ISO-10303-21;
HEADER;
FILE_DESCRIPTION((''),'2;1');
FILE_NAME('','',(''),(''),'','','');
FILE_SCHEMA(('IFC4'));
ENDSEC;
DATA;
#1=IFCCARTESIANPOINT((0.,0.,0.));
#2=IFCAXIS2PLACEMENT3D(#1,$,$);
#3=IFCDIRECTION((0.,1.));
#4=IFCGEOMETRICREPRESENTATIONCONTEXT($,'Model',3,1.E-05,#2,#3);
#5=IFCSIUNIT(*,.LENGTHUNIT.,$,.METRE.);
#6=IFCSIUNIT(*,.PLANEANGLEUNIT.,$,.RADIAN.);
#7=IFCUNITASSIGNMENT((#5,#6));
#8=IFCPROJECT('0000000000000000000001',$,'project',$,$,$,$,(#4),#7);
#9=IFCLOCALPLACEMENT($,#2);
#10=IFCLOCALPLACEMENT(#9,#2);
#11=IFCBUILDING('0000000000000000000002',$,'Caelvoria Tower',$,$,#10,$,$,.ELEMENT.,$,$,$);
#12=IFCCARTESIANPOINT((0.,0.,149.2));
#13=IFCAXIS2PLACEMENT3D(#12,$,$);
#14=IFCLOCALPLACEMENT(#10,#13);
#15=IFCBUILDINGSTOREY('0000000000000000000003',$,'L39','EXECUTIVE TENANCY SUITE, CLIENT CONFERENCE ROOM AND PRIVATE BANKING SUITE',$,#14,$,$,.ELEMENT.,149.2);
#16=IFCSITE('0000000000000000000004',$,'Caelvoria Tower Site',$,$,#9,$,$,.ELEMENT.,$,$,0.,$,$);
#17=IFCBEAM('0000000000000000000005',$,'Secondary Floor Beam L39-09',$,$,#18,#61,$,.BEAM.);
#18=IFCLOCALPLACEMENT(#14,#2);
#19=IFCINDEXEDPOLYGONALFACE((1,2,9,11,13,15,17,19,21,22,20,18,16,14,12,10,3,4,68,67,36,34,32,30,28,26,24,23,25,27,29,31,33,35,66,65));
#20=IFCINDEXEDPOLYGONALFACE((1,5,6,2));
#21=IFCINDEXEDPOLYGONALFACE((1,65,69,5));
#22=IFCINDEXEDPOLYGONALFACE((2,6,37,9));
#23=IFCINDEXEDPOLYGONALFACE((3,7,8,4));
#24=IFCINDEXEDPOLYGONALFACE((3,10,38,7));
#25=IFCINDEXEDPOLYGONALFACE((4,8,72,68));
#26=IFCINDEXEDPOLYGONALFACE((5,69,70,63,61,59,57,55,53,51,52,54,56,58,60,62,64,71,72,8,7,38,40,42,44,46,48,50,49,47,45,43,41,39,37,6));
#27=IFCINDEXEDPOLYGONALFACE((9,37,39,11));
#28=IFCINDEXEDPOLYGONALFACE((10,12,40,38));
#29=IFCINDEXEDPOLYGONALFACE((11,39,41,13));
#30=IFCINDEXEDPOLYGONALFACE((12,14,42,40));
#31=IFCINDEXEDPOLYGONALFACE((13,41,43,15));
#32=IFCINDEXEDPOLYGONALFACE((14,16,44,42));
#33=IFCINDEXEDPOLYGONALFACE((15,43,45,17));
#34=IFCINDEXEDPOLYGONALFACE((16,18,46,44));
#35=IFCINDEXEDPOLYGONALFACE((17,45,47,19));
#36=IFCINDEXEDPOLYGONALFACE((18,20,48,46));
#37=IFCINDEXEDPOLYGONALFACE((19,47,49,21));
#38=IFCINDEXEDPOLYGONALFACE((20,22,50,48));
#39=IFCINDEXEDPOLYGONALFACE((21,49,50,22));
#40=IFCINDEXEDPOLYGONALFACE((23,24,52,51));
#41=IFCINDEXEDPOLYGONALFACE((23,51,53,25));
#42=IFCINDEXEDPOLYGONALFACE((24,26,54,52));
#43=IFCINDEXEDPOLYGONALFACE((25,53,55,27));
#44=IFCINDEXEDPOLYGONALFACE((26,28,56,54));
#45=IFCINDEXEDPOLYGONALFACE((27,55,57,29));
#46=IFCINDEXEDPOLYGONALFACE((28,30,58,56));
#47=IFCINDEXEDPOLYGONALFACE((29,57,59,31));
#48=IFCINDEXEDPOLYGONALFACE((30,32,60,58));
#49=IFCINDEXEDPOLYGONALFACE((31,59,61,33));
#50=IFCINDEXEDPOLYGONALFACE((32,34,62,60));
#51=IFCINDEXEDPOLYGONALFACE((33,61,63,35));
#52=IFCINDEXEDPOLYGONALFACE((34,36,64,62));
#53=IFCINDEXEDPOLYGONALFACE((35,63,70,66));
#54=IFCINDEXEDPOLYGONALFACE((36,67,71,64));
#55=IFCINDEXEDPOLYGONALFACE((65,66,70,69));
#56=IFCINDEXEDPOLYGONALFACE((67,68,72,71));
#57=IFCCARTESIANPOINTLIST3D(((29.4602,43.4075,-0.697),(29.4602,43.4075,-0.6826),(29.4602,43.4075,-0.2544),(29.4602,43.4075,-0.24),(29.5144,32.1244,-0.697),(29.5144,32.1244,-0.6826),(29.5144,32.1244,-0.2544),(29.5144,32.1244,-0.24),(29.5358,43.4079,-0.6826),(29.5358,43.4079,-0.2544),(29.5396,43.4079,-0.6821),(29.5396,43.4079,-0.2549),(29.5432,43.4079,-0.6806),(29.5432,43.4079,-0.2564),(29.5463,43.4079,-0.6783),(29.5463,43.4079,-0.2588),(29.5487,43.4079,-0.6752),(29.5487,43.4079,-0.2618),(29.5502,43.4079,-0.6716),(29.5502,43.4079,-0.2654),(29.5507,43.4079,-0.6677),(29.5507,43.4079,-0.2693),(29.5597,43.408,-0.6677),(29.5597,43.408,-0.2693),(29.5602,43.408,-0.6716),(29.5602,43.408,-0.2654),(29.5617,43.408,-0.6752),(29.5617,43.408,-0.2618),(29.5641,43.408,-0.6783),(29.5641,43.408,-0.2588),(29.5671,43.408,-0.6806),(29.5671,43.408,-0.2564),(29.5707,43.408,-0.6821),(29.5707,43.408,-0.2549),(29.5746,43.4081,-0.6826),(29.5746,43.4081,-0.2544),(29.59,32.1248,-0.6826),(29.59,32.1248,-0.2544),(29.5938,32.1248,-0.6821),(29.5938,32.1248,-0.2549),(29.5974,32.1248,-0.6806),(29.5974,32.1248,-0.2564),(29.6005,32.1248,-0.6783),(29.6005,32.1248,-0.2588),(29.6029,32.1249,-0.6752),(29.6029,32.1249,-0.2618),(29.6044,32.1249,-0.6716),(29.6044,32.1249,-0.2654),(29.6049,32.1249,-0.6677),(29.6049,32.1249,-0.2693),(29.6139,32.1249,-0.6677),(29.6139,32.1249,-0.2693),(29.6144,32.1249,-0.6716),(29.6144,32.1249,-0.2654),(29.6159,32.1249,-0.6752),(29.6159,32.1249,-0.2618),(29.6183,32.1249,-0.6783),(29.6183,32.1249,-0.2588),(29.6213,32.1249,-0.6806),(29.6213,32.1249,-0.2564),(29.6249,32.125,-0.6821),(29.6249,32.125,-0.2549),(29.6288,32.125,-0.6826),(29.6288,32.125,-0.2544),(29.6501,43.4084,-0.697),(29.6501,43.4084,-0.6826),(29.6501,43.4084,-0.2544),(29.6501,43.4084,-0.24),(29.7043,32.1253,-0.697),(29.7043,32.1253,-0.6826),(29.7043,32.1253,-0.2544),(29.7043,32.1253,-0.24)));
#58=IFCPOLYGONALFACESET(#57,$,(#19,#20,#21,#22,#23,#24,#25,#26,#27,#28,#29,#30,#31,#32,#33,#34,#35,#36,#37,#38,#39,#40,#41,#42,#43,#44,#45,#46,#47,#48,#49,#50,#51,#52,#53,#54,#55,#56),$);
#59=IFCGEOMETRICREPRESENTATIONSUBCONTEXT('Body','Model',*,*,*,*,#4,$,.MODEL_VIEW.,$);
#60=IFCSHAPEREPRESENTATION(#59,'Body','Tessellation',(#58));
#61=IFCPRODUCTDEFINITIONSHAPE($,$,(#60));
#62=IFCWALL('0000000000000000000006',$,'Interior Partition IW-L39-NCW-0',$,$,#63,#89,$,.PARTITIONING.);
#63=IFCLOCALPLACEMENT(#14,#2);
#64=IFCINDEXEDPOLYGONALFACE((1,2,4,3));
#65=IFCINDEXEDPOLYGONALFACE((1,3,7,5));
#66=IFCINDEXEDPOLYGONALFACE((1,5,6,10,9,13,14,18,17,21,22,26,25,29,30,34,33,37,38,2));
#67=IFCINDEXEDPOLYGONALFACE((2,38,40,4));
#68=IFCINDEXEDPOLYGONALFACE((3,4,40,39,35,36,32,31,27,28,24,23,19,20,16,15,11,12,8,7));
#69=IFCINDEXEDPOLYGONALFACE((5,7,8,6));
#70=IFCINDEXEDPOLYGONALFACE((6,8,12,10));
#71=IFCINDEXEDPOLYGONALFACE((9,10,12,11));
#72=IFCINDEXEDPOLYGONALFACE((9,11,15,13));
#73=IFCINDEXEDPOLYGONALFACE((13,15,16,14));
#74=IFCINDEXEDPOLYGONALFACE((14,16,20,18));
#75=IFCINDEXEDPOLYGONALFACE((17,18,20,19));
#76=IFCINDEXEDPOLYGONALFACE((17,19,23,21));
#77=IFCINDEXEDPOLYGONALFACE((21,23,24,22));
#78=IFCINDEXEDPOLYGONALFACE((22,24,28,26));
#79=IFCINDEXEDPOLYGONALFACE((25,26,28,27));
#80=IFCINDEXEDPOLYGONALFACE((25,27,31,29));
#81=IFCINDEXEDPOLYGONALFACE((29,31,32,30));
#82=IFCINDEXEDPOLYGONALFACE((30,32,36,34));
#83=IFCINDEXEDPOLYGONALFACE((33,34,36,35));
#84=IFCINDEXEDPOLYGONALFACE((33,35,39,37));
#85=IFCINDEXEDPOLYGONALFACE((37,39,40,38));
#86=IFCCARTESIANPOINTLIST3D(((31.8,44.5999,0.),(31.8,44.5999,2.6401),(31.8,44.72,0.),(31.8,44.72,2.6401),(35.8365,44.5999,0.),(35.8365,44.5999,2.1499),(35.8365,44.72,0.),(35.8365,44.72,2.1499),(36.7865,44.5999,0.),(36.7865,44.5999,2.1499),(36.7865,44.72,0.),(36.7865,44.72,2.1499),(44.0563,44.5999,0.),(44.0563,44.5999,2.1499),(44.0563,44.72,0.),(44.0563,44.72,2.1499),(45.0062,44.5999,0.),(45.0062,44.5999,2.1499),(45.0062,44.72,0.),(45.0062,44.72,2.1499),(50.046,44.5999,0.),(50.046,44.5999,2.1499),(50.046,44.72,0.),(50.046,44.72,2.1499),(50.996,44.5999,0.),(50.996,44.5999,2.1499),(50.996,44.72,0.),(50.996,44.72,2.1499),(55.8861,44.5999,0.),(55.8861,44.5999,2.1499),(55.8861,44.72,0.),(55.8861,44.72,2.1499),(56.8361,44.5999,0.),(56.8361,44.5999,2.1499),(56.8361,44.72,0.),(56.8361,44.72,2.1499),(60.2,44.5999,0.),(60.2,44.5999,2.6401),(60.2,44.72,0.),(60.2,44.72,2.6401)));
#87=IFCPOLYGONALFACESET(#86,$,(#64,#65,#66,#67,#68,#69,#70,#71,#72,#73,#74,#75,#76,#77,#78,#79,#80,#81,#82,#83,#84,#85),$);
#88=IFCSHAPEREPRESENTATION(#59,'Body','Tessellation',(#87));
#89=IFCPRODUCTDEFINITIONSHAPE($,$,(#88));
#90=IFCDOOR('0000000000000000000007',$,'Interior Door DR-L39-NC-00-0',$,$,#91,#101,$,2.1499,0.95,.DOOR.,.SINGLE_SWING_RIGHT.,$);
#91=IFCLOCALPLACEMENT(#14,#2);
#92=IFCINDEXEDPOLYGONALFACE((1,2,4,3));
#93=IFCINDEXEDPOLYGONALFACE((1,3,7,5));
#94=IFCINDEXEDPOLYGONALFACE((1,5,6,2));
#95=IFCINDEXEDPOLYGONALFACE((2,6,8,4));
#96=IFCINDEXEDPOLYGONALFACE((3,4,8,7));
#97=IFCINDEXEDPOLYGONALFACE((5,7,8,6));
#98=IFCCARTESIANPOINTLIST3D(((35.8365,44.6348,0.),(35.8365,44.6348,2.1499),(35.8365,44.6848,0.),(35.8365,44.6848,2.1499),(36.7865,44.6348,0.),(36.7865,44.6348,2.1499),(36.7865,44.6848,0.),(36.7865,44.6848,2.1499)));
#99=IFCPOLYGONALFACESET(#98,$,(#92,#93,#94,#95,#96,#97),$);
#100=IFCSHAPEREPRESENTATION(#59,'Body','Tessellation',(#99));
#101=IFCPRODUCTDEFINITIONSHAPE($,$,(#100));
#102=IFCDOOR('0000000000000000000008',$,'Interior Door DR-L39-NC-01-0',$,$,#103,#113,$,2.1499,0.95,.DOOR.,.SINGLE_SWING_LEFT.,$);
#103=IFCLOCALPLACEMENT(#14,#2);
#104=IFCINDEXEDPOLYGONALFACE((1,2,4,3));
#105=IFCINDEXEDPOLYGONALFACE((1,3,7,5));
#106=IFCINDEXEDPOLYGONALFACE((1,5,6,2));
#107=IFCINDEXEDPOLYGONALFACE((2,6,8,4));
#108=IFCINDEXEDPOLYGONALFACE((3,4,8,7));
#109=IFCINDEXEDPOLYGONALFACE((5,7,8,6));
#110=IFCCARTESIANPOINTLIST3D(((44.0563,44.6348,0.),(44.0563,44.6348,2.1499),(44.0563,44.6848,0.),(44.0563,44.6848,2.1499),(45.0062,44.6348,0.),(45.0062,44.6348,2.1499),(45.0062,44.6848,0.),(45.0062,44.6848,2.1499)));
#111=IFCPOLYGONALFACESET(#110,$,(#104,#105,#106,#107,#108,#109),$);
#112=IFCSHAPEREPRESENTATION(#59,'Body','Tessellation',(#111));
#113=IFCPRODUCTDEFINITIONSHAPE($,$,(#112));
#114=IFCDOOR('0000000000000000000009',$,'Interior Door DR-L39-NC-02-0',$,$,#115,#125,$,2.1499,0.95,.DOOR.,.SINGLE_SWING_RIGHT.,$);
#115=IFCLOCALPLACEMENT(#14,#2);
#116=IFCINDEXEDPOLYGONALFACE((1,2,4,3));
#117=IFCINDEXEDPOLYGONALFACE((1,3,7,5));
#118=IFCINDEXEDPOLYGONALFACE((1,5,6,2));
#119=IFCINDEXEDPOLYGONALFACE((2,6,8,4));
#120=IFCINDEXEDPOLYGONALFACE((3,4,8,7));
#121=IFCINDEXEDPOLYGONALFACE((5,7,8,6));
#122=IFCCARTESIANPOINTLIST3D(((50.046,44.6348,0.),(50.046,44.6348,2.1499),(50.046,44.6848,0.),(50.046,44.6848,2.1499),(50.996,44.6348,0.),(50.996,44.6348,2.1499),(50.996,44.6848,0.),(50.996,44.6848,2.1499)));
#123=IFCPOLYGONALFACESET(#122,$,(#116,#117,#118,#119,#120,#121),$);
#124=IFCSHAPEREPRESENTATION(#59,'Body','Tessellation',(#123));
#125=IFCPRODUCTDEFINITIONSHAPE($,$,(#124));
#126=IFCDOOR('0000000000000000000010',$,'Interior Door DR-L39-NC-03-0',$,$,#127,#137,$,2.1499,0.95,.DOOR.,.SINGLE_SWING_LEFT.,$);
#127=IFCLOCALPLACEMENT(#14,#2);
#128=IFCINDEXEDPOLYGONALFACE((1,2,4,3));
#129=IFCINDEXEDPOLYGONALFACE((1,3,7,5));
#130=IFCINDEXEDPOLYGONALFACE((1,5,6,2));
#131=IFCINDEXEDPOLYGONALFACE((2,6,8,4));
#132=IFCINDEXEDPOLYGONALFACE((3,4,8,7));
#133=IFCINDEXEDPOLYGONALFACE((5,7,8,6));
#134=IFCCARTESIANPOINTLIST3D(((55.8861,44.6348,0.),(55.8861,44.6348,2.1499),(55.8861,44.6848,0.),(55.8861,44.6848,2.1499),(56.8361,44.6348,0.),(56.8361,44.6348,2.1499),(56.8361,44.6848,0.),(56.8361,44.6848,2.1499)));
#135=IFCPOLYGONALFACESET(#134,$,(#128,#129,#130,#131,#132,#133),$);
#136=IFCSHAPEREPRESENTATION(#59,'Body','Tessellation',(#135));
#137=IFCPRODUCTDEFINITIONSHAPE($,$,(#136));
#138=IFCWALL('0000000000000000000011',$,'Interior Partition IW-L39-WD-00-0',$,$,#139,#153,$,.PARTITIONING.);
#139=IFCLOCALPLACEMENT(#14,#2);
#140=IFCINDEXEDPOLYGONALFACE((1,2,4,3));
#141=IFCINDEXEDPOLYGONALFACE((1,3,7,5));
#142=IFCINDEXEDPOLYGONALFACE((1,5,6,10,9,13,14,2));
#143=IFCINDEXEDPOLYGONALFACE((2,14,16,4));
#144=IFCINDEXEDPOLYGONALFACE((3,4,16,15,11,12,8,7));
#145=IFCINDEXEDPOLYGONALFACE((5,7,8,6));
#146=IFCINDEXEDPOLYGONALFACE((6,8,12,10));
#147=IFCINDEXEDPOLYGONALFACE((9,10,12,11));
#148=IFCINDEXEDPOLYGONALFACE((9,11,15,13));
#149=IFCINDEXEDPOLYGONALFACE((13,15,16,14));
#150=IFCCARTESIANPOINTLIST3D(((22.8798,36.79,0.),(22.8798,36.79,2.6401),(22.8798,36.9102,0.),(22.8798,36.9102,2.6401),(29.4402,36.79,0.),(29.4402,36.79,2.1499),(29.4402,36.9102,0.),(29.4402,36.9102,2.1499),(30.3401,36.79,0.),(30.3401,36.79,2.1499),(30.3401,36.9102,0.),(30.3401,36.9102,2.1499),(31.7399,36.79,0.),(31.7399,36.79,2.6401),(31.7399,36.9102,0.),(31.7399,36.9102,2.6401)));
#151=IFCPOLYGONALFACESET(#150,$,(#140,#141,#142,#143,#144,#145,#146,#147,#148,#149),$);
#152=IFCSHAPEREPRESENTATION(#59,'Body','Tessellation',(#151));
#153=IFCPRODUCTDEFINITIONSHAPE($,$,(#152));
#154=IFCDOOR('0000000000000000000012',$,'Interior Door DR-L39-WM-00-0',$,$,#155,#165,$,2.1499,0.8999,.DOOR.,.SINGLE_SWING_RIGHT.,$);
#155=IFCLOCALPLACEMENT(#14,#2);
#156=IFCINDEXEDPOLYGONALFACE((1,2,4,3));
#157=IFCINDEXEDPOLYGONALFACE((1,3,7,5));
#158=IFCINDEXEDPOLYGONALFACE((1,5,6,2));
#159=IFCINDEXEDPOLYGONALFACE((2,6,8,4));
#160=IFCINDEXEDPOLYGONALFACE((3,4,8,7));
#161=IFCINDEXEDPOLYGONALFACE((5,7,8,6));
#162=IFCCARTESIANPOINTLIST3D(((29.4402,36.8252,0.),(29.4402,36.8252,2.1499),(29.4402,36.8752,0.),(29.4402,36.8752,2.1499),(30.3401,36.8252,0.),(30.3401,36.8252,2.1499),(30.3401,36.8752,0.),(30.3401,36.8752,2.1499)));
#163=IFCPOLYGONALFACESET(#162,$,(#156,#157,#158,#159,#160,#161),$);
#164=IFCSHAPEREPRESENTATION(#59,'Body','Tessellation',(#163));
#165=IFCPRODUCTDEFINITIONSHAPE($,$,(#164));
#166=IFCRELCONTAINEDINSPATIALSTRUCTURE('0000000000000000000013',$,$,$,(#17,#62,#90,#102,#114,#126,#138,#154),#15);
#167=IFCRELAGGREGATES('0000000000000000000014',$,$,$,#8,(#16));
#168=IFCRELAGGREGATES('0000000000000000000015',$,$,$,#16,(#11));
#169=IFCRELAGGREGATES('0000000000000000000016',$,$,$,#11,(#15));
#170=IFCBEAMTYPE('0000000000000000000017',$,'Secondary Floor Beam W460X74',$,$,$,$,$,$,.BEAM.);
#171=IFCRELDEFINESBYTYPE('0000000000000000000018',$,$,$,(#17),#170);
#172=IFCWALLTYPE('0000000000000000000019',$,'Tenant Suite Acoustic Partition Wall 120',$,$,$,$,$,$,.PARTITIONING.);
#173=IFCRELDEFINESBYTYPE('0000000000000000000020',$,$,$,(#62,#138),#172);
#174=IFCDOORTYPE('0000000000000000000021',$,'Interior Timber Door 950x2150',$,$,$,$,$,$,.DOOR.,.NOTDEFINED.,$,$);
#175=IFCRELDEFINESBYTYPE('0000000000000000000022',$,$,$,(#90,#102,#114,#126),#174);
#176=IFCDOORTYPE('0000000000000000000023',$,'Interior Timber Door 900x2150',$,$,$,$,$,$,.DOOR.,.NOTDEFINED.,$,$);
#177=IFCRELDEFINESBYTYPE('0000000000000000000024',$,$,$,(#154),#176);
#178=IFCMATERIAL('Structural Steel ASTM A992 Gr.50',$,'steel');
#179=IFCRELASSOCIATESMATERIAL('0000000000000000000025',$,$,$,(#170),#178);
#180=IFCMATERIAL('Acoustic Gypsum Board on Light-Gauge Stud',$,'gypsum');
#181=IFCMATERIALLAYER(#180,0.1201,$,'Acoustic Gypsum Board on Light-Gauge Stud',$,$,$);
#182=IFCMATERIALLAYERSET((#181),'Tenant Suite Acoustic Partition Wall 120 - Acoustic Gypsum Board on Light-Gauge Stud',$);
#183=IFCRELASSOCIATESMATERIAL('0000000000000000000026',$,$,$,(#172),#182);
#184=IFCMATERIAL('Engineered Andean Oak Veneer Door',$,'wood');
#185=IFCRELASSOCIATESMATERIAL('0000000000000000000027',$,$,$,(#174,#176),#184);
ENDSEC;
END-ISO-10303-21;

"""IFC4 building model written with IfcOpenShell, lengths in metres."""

from ifc_helpers import new_model, si_unit, direction, frame, frame_2d, origin, origin_2d, place, context, subcontext, project, spatial, rectangle, i_section, extrude, material, layer, layer_set, material_profile, profile_set, type_object, element, fill, save


model = new_model("IFC4")

# Units and contexts
model_context = context("Model", 3, precision=1e-05, world=origin(), true_north=direction((0.0, 1.0)))
body_context = subcontext(model_context, "Body", "Model", "MODEL_VIEW")
ifc_project = project(units=[si_unit("LENGTHUNIT", "METRE"), si_unit("PLANEANGLEUNIT", "RADIAN")], contexts=[model_context])

# Site, building, storey
site_placement = place(None, origin())
site = spatial("IfcSite", under=ifc_project, at=site_placement, Name="Caelvoria Tower Site", CompositionType="ELEMENT", RefElevation=0.0)
building_placement = place(site_placement, origin())
building = spatial("IfcBuilding", under=site, at=building_placement, Name="Caelvoria Tower", CompositionType="ELEMENT")
storey_placement = place(building_placement, frame((0.0, 0.0, 149.2)))
storey = spatial("IfcBuildingStorey", under=building, at=storey_placement, Name="L39", Description="EXECUTIVE TENANCY SUITE, CLIENT CONFERENCE ROOM AND PRIVATE BANKING SUITE", CompositionType="ELEMENT", Elevation=149.2)

# Beam
ifc_material_1 = material(Name="Structural Steel ASTM A992 Gr.50", Category="steel")
ifc_material_profile = material_profile(ifc_material_1, i_section(OverallWidth=0.1899, OverallDepth=0.457, WebThickness=0.009, FlangeThickness=0.0144, FilletRadius=0.0149, at=origin_2d()), Name="Structural Steel ASTM A992 Gr.50")
ifc_profile_set = profile_set([ifc_material_profile], Name="W460X74 - Structural Steel ASTM A992 Gr.50")
beam_type = type_object("IfcBeamType", Name="Secondary Floor Beam W460X74", PredefinedType="BEAM", material=ifc_profile_set)
beam_placement = place(storey_placement, frame((29.5552, 43.408, -0.4685), z_axis=(0.004804, -0.999988, 0.0), x_axis=(0.999988, 0.004804, 0.0)))
element("IfcBeam", 1, at=beam_placement, inside=storey, type_object=beam_type, Name="Secondary Floor Beam L39-09", PredefinedType="BEAM", context=body_context, shape_type="SweptSolid", body=[
    extrude(i_section(OverallWidth=0.1899, OverallDepth=0.457, WebThickness=0.009, FlangeThickness=0.0144, FilletRadius=0.0149, at=origin_2d()), origin(), (0.0, 0.0, 1.0), 11.2832),
])

# Wall, openings, doors
ifc_material_2 = material(Name="Acoustic Gypsum Board on Light-Gauge Stud", Category="gypsum")
ifc_layer_1 = layer(ifc_material_2, 0.1201, Name="Acoustic Gypsum Board on Light-Gauge Stud")
ifc_layer_set_1 = layer_set([ifc_layer_1], Name="Tenant Suite Acoustic Partition Wall 120 - Acoustic Gypsum Board on Light-Gauge Stud")
wall_type = type_object("IfcWallType", Name="Tenant Suite Acoustic Partition Wall 120", PredefinedType="PARTITIONING", material=ifc_layer_set_1)
wall_1_placement = place(storey_placement, frame((31.8, 44.6599, 0.0), z_axis=(0.0, 0.0, 1.0), x_axis=(1.0, 0.0, 0.0)))
wall_1 = element("IfcWall", 2, at=wall_1_placement, inside=storey, type_object=wall_type, Name="Interior Partition IW-L39-NCW-0", PredefinedType="PARTITIONING", context=body_context, shape_type="SweptSolid", body=[
    extrude(rectangle(XDim=28.3999, YDim=0.1201, at=frame_2d((14.2, 0.0))), origin(), (0.0, 0.0, 1.0), 2.6401),
])
opening_1_placement = place(wall_1_placement, frame((4.0364, 0.0, 0.0)))
opening_1 = element("IfcOpeningElement", 3, at=opening_1_placement, cuts=wall_1, PredefinedType="OPENING", context=body_context, shape_type="SweptSolid", body=[
    extrude(rectangle(XDim=0.95, YDim=2.1499, at=frame_2d((0.4751, 1.075))), frame((0.0, 0.0701, 0.0), z_axis=(0.0, -1.0, 0.0), x_axis=(1.0, 0.0, 0.0)), (0.0, 0.0, 1.0), 0.1401),
])
opening_2_placement = place(wall_1_placement, frame((12.2561, 0.0, 0.0)))
opening_2 = element("IfcOpeningElement", 4, at=opening_2_placement, cuts=wall_1, PredefinedType="OPENING", context=body_context, shape_type="SweptSolid", body=[
    extrude(rectangle(XDim=0.95, YDim=2.1499, at=frame_2d((0.4751, 1.075))), frame((0.0, 0.0701, 0.0), z_axis=(0.0, -1.0, 0.0), x_axis=(1.0, 0.0, 0.0)), (0.0, 0.0, 1.0), 0.1401),
])
opening_3_placement = place(wall_1_placement, frame((18.2458, 0.0, 0.0)))
opening_3 = element("IfcOpeningElement", 5, at=opening_3_placement, cuts=wall_1, PredefinedType="OPENING", context=body_context, shape_type="SweptSolid", body=[
    extrude(rectangle(XDim=0.95, YDim=2.1499, at=frame_2d((0.4751, 1.075))), frame((0.0, 0.0701, 0.0), z_axis=(0.0, -1.0, 0.0), x_axis=(1.0, 0.0, 0.0)), (0.0, 0.0, 1.0), 0.1401),
])
opening_4_placement = place(wall_1_placement, frame((24.0859, 0.0, 0.0)))
opening_4 = element("IfcOpeningElement", 6, at=opening_4_placement, cuts=wall_1, PredefinedType="OPENING", context=body_context, shape_type="SweptSolid", body=[
    extrude(rectangle(XDim=0.95, YDim=2.1499, at=frame_2d((0.4751, 1.075))), frame((0.0, 0.0701, 0.0), z_axis=(0.0, -1.0, 0.0), x_axis=(1.0, 0.0, 0.0)), (0.0, 0.0, 1.0), 0.1401),
])
ifc_material_3 = material(Name="Engineered Andean Oak Veneer Door", Category="wood")
door_type_1 = type_object("IfcDoorType", Name="Interior Timber Door 950x2150", OperationType="NOTDEFINED", PredefinedType="DOOR", material=ifc_material_3)
door_1_placement = place(opening_1_placement, origin())
door_1 = element("IfcDoor", 7, at=door_1_placement, inside=storey, type_object=door_type_1, Name="Interior Door DR-L39-NC-00-0", OperationType="SINGLE_SWING_RIGHT", OverallHeight=2.1499, OverallWidth=0.95, PredefinedType="DOOR", context=body_context, shape_type="SweptSolid", body=[
    extrude(rectangle(XDim=0.95, YDim=2.1499, at=frame_2d((0.4751, 1.075))), frame((0.0, 0.0249, 0.0), z_axis=(0.0, -1.0, 0.0), x_axis=(1.0, 0.0, 0.0)), (0.0, 0.0, 1.0), 0.05),
])
fill(opening_1, door_1)
door_2_placement = place(opening_2_placement, origin())
door_2 = element("IfcDoor", 8, at=door_2_placement, inside=storey, type_object=door_type_1, Name="Interior Door DR-L39-NC-01-0", OperationType="SINGLE_SWING_LEFT", OverallHeight=2.1499, OverallWidth=0.95, PredefinedType="DOOR", context=body_context, shape_type="SweptSolid", body=[
    extrude(rectangle(XDim=0.95, YDim=2.1499, at=frame_2d((0.4751, 1.075))), frame((0.0, 0.0249, 0.0), z_axis=(0.0, -1.0, 0.0), x_axis=(1.0, 0.0, 0.0)), (0.0, 0.0, 1.0), 0.05),
])
fill(opening_2, door_2)
door_3_placement = place(opening_3_placement, origin())
door_3 = element("IfcDoor", 9, at=door_3_placement, inside=storey, type_object=door_type_1, Name="Interior Door DR-L39-NC-02-0", OperationType="SINGLE_SWING_RIGHT", OverallHeight=2.1499, OverallWidth=0.95, PredefinedType="DOOR", context=body_context, shape_type="SweptSolid", body=[
    extrude(rectangle(XDim=0.95, YDim=2.1499, at=frame_2d((0.4751, 1.075))), frame((0.0, 0.0249, 0.0), z_axis=(0.0, -1.0, 0.0), x_axis=(1.0, 0.0, 0.0)), (0.0, 0.0, 1.0), 0.05),
])
fill(opening_3, door_3)
door_4_placement = place(opening_4_placement, origin())
door_4 = element("IfcDoor", 10, at=door_4_placement, inside=storey, type_object=door_type_1, Name="Interior Door DR-L39-NC-03-0", OperationType="SINGLE_SWING_LEFT", OverallHeight=2.1499, OverallWidth=0.95, PredefinedType="DOOR", context=body_context, shape_type="SweptSolid", body=[
    extrude(rectangle(XDim=0.95, YDim=2.1499, at=frame_2d((0.4751, 1.075))), frame((0.0, 0.0249, 0.0), z_axis=(0.0, -1.0, 0.0), x_axis=(1.0, 0.0, 0.0)), (0.0, 0.0, 1.0), 0.05),
])
fill(opening_4, door_4)

# Wall, opening, door
wall_2_placement = place(storey_placement, frame((31.74, 36.8501, 0.0), z_axis=(0.0, 0.0, 1.0), x_axis=(-1.0, 0.0, 0.0)))
wall_2 = element("IfcWall", 11, at=wall_2_placement, inside=storey, type_object=wall_type, Name="Interior Partition IW-L39-WD-00-0", PredefinedType="PARTITIONING", context=body_context, shape_type="SweptSolid", body=[
    extrude(rectangle(XDim=8.8601, YDim=0.1201, at=frame_2d((4.4302, 0.0))), origin(), (0.0, 0.0, 1.0), 2.6401),
])
opening_5_placement = place(wall_2_placement, frame((1.3999, 0.0, 0.0)))
opening_5 = element("IfcOpeningElement", 12, at=opening_5_placement, cuts=wall_2, PredefinedType="OPENING", context=body_context, shape_type="SweptSolid", body=[
    extrude(rectangle(XDim=0.8999, YDim=2.1499, at=frame_2d((0.45, 1.075))), frame((0.0, 0.0701, 0.0), z_axis=(0.0, -1.0, 0.0), x_axis=(1.0, 0.0, 0.0)), (0.0, 0.0, 1.0), 0.1401),
])
door_type_2 = type_object("IfcDoorType", Name="Interior Timber Door 900x2150", OperationType="NOTDEFINED", PredefinedType="DOOR", material=ifc_material_3)
door_5_placement = place(opening_5_placement, origin())
door_5 = element("IfcDoor", 13, at=door_5_placement, inside=storey, type_object=door_type_2, Name="Interior Door DR-L39-WM-00-0", OperationType="SINGLE_SWING_RIGHT", OverallHeight=2.1499, OverallWidth=0.8999, PredefinedType="DOOR", context=body_context, shape_type="SweptSolid", body=[
    extrude(rectangle(XDim=0.8999, YDim=2.1499, at=frame_2d((0.45, 1.075))), frame((0.0, 0.0249, 0.0), z_axis=(0.0, -1.0, 0.0), x_axis=(1.0, 0.0, 0.0)), (0.0, 0.0, 1.0), 0.05),
])
fill(opening_5, door_5)

save(model, "model.ifc")
